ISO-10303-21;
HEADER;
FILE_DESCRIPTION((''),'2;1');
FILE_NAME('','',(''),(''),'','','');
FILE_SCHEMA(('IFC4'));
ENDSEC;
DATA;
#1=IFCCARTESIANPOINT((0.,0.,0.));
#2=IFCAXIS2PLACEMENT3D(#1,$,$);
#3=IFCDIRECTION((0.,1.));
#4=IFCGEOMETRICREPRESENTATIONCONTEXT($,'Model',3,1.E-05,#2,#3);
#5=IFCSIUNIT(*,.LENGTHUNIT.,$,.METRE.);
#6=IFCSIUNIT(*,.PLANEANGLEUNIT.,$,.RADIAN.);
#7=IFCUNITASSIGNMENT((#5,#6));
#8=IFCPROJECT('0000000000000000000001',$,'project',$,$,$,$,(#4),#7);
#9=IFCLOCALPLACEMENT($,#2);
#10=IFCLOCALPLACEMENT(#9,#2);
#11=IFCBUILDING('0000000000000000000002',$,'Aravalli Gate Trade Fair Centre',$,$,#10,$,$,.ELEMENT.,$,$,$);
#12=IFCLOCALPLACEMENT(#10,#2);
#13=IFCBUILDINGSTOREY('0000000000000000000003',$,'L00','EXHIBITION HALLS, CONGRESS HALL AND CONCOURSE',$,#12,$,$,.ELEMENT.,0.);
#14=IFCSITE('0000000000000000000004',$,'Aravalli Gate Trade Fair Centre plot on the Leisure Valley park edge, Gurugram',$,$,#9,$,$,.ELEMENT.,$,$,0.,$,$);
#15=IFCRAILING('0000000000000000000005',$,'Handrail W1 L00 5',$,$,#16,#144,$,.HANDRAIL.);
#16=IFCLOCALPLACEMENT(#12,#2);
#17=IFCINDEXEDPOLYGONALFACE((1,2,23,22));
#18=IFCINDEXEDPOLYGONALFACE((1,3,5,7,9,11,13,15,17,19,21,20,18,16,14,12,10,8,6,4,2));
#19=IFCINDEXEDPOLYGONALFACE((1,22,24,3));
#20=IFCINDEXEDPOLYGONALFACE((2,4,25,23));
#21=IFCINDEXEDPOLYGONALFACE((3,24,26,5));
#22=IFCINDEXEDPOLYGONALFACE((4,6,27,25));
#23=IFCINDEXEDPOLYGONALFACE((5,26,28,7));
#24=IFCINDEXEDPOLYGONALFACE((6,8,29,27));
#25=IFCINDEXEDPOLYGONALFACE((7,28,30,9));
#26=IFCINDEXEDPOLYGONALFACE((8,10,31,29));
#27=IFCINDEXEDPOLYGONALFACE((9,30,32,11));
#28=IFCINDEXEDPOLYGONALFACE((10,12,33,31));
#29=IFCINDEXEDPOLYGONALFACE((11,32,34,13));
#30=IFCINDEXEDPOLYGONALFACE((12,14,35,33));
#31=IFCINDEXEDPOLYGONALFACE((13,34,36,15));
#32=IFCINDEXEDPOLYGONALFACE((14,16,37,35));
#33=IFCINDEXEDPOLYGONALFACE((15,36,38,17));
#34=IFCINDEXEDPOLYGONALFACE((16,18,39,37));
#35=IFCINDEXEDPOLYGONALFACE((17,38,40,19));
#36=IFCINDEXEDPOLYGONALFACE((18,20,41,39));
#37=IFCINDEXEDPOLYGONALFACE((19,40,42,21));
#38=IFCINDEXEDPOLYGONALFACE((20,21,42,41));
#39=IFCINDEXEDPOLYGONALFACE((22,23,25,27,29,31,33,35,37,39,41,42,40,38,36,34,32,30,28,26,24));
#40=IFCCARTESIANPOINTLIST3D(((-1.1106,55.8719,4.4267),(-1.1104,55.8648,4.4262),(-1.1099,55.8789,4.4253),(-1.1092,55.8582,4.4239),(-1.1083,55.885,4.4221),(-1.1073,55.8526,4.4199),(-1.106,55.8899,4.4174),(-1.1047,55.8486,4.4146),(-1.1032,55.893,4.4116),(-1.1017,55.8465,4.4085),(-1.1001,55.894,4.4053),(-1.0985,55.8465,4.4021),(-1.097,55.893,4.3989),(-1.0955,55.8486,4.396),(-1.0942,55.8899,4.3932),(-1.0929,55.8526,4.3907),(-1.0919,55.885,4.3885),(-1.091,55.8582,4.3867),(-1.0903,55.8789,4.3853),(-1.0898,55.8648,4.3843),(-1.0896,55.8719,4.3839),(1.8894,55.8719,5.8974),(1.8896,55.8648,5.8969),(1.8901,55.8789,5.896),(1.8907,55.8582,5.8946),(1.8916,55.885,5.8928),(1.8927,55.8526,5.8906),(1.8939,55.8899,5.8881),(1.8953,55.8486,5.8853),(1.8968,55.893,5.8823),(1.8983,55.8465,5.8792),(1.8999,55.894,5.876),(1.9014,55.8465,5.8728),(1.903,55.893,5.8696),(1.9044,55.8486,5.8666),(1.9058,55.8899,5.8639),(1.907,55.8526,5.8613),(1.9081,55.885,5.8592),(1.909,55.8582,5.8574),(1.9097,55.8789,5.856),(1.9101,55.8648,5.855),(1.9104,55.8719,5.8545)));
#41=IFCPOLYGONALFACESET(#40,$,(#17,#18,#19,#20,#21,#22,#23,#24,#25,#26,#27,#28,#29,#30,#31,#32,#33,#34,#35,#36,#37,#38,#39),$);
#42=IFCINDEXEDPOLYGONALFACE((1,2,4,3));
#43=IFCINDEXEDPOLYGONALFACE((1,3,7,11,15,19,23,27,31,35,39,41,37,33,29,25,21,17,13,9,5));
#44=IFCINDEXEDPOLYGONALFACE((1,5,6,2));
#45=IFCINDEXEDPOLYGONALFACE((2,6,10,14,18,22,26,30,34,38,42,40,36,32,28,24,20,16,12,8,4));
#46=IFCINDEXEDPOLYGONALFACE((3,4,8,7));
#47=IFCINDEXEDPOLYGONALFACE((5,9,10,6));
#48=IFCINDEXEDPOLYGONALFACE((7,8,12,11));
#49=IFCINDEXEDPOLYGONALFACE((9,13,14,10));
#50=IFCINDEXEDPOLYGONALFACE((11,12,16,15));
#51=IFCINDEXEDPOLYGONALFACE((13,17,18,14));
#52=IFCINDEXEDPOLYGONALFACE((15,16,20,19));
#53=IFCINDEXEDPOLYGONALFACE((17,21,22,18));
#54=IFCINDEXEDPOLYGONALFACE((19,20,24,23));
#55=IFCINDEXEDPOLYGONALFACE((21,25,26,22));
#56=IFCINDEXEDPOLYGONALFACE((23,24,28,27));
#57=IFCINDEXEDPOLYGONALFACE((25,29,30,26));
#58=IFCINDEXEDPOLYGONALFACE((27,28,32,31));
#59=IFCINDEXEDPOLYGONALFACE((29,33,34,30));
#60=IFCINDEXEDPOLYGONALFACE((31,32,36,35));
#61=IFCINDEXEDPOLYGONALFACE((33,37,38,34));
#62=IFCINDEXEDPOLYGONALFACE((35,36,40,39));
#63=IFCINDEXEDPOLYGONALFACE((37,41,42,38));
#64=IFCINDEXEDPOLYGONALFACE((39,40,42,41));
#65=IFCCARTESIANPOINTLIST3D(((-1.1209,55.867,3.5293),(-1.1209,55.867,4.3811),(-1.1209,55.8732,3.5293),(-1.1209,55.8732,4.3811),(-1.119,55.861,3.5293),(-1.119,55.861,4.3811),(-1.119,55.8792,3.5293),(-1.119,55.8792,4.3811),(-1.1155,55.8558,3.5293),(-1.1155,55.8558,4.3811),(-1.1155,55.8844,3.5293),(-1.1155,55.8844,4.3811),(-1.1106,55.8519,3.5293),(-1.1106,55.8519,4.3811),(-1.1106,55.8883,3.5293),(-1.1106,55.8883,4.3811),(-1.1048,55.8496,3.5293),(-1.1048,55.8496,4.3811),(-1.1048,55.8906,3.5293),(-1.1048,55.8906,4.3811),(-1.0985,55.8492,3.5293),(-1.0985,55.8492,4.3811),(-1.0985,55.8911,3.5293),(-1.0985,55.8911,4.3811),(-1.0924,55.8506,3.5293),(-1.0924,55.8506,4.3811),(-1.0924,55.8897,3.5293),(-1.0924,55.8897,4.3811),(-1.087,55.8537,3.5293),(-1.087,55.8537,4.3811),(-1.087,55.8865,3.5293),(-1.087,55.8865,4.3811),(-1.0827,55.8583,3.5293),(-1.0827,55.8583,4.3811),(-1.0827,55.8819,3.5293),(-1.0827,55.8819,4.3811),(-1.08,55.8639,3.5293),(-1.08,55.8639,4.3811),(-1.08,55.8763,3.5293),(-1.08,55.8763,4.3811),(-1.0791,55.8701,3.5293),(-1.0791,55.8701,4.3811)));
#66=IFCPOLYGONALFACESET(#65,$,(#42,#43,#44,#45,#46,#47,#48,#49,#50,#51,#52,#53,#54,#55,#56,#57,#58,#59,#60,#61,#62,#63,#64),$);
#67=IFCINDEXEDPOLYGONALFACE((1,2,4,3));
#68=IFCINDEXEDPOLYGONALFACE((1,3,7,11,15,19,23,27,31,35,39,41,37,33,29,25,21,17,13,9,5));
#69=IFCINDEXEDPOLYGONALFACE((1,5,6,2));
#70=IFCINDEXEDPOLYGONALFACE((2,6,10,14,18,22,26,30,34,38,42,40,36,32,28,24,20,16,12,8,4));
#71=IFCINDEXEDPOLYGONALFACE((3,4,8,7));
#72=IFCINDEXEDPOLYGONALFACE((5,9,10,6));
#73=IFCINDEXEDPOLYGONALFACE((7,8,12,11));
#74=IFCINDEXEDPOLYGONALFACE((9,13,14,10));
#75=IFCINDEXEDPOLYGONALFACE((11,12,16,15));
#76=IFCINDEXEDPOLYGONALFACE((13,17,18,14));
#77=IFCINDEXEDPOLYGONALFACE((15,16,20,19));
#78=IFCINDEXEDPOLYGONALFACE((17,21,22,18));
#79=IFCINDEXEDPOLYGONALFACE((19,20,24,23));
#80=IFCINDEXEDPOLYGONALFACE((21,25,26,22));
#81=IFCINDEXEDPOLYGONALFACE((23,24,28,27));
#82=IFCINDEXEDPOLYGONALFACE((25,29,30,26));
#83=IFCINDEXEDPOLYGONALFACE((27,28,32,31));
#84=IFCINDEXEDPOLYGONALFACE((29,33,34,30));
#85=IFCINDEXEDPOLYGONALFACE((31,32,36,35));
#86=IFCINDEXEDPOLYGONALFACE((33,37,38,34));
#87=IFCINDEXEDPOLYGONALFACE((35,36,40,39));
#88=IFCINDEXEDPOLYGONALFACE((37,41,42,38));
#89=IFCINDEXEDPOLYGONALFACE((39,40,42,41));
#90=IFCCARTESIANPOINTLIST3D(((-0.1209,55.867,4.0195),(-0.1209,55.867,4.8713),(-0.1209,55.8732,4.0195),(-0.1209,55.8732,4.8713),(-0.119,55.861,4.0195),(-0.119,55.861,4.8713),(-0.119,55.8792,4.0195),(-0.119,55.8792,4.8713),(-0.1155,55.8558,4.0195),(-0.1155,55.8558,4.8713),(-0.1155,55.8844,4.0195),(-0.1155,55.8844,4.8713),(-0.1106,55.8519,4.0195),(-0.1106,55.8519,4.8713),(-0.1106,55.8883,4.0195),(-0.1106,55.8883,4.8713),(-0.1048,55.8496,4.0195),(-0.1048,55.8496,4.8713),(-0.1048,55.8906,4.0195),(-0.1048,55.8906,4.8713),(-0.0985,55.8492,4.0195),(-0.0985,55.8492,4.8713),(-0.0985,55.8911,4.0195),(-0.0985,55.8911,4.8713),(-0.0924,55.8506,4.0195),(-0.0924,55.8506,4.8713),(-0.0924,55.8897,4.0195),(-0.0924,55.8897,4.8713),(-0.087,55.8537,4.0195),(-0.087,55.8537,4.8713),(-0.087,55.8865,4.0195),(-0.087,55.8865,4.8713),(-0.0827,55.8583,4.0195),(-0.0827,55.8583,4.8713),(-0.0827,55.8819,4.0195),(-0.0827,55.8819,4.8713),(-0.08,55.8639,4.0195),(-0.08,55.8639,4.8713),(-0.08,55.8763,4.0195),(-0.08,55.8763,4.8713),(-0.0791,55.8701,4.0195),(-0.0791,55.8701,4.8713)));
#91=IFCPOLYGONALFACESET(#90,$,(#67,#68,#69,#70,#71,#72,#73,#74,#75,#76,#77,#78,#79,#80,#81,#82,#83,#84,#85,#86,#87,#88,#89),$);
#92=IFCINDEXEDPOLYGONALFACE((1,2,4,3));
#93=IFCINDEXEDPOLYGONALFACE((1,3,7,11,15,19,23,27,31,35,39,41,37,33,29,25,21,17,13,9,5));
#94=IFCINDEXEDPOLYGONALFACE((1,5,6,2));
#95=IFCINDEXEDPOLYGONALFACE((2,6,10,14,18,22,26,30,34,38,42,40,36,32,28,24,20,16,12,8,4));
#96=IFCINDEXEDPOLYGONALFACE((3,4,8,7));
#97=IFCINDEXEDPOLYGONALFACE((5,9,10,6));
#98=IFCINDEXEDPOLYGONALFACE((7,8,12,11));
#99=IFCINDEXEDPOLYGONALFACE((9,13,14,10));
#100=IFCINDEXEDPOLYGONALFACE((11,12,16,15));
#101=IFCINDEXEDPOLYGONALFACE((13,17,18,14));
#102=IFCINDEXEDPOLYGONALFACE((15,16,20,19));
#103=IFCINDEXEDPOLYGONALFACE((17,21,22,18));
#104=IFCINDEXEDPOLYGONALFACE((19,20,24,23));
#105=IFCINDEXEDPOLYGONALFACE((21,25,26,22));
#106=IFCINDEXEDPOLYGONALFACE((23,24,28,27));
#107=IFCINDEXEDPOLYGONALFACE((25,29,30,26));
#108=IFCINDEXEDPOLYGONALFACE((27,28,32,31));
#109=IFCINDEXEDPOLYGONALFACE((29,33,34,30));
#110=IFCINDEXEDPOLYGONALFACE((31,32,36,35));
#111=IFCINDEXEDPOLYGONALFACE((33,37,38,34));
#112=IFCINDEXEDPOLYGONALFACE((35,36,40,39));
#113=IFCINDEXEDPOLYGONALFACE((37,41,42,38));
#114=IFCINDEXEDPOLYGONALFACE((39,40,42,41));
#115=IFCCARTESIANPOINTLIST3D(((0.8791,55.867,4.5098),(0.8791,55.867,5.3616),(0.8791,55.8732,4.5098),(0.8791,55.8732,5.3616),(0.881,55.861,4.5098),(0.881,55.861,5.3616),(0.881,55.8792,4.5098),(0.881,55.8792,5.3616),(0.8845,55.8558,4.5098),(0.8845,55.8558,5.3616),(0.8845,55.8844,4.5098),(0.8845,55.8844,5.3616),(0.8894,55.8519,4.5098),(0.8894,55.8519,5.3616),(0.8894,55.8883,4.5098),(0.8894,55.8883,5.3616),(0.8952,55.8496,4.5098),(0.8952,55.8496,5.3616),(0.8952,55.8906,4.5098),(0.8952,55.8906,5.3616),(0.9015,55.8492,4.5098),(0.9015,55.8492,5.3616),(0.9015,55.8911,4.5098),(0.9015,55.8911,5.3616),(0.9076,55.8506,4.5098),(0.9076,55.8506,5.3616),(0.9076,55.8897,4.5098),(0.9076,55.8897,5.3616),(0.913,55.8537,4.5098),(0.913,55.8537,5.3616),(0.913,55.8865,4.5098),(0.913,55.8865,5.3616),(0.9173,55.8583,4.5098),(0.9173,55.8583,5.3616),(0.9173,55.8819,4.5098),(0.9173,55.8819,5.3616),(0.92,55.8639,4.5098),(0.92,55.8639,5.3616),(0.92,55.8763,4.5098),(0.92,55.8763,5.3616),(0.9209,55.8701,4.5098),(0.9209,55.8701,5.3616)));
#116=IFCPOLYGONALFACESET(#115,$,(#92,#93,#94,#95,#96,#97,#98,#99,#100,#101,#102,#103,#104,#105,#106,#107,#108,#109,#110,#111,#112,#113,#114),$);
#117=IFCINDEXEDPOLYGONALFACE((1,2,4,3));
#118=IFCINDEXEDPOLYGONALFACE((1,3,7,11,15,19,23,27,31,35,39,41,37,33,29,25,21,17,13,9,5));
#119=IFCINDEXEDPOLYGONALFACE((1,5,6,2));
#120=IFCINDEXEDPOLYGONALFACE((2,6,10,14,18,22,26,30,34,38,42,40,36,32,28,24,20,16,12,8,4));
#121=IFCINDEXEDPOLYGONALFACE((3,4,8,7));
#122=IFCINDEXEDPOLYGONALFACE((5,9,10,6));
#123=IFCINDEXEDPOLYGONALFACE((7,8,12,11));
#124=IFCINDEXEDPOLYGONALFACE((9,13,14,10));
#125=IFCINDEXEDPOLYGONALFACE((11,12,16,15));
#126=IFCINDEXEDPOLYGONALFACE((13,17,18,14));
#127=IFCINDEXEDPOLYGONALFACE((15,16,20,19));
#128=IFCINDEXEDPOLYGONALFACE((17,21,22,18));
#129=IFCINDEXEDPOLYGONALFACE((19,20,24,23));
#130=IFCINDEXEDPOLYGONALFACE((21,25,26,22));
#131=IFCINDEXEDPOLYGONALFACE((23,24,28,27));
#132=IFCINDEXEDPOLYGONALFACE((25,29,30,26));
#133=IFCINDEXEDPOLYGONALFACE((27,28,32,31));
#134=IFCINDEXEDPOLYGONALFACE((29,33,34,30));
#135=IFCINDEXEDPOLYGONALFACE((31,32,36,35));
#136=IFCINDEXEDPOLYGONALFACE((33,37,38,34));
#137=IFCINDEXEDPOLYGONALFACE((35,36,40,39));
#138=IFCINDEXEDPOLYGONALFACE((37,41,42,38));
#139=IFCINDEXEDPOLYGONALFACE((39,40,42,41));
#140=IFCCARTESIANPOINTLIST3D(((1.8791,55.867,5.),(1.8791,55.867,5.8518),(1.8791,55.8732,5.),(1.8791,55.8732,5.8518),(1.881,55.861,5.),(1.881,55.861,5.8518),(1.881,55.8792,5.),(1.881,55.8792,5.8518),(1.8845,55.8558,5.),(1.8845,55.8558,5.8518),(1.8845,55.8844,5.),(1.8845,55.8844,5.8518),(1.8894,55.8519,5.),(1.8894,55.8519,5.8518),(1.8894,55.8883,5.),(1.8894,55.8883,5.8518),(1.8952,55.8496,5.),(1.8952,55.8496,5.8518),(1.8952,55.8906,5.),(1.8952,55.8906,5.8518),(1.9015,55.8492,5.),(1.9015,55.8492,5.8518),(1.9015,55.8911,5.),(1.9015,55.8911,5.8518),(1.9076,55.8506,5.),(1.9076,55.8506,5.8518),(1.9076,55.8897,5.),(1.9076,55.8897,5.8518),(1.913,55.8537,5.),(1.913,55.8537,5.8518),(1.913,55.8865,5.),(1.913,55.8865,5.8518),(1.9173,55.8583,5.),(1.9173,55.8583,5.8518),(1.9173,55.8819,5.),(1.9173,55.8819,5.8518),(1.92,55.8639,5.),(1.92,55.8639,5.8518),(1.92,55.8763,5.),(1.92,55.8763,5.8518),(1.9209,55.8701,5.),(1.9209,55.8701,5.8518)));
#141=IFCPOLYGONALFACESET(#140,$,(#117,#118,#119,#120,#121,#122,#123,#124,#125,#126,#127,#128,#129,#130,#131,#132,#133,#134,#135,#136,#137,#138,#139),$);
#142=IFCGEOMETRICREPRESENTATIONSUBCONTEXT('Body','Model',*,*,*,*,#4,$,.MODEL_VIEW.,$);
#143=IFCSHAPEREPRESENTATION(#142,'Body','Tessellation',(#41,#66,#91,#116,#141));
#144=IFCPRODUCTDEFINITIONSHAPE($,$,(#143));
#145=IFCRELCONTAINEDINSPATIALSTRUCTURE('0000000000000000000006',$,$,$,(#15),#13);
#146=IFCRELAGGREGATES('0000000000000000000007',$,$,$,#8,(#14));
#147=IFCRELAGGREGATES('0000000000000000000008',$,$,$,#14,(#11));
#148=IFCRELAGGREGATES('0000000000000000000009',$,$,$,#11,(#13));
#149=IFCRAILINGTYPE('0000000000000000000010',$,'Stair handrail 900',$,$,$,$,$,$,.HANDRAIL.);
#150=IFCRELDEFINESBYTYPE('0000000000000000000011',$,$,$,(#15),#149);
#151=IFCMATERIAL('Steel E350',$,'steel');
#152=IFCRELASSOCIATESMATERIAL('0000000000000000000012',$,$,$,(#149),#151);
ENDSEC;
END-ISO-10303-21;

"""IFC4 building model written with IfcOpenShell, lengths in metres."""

from ifc_helpers import new_model, si_unit, direction, frame, origin, origin_2d, place, context, subcontext, project, spatial, circle, extrude, material, type_object, element, save


model = new_model("IFC4")

# Units and contexts
model_context = context("Model", 3, precision=1e-05, world=origin(), true_north=direction((0.0, 1.0)))
body_context = subcontext(model_context, "Body", "Model", "MODEL_VIEW")
ifc_project = project(units=[si_unit("LENGTHUNIT", "METRE"), si_unit("PLANEANGLEUNIT", "RADIAN")], contexts=[model_context])

# Site, building, storey
site_placement = place(None, origin())
site = spatial("IfcSite", under=ifc_project, at=site_placement, Name="Aravalli Gate Trade Fair Centre plot on the Leisure Valley park edge, Gurugram", CompositionType="ELEMENT", RefElevation=0.0)
building_placement = place(site_placement, origin())
building = spatial("IfcBuilding", under=site, at=building_placement, Name="Aravalli Gate Trade Fair Centre", CompositionType="ELEMENT")
storey_placement = place(building_placement, origin())
storey = spatial("IfcBuildingStorey", under=building, at=storey_placement, Name="L00", Description="EXHIBITION HALLS, CONGRESS HALL AND CONCOURSE", CompositionType="ELEMENT", Elevation=0.0)

# Railing
ifc_material_1 = material(Name="Steel E350", Category="steel")
railing_type = type_object("IfcRailingType", Name="Stair handrail 900", PredefinedType="HANDRAIL", material=ifc_material_1)
for number, where, name in (
    (1, (-1.1001, 55.8701, 3.5293), "Handrail W1 L00 5"),
):
    element("IfcRailing", number, at=place(storey_placement, frame(where)), inside=storey, type_object=railing_type, Name=name, PredefinedType="HANDRAIL", context=body_context, shape_type="SweptSolid", body=[
        extrude(circle(Radius=0.0239, at=origin_2d()), frame((0.0, 0.0, 0.876), z_axis=(0.897907, 0.0, 0.440185), x_axis=(0.0, 1.0, 0.0)), (0.0, 0.0, 1.0), 3.3411),
        extrude(circle(Radius=0.021, at=origin_2d()), origin(), (0.0, 0.0, 1.0), 0.8518),
        extrude(circle(Radius=0.021, at=origin_2d()), frame((1.0, 0.0, 0.4902)), (0.0, 0.0, 1.0), 0.8518),
        extrude(circle(Radius=0.021, at=origin_2d()), frame((2.0, 0.0, 0.9805)), (0.0, 0.0, 1.0), 0.8518),
        extrude(circle(Radius=0.021, at=origin_2d()), frame((3.0, 0.0, 1.4707)), (0.0, 0.0, 1.0), 0.8518),
    ])

save(model, "model.ifc")
